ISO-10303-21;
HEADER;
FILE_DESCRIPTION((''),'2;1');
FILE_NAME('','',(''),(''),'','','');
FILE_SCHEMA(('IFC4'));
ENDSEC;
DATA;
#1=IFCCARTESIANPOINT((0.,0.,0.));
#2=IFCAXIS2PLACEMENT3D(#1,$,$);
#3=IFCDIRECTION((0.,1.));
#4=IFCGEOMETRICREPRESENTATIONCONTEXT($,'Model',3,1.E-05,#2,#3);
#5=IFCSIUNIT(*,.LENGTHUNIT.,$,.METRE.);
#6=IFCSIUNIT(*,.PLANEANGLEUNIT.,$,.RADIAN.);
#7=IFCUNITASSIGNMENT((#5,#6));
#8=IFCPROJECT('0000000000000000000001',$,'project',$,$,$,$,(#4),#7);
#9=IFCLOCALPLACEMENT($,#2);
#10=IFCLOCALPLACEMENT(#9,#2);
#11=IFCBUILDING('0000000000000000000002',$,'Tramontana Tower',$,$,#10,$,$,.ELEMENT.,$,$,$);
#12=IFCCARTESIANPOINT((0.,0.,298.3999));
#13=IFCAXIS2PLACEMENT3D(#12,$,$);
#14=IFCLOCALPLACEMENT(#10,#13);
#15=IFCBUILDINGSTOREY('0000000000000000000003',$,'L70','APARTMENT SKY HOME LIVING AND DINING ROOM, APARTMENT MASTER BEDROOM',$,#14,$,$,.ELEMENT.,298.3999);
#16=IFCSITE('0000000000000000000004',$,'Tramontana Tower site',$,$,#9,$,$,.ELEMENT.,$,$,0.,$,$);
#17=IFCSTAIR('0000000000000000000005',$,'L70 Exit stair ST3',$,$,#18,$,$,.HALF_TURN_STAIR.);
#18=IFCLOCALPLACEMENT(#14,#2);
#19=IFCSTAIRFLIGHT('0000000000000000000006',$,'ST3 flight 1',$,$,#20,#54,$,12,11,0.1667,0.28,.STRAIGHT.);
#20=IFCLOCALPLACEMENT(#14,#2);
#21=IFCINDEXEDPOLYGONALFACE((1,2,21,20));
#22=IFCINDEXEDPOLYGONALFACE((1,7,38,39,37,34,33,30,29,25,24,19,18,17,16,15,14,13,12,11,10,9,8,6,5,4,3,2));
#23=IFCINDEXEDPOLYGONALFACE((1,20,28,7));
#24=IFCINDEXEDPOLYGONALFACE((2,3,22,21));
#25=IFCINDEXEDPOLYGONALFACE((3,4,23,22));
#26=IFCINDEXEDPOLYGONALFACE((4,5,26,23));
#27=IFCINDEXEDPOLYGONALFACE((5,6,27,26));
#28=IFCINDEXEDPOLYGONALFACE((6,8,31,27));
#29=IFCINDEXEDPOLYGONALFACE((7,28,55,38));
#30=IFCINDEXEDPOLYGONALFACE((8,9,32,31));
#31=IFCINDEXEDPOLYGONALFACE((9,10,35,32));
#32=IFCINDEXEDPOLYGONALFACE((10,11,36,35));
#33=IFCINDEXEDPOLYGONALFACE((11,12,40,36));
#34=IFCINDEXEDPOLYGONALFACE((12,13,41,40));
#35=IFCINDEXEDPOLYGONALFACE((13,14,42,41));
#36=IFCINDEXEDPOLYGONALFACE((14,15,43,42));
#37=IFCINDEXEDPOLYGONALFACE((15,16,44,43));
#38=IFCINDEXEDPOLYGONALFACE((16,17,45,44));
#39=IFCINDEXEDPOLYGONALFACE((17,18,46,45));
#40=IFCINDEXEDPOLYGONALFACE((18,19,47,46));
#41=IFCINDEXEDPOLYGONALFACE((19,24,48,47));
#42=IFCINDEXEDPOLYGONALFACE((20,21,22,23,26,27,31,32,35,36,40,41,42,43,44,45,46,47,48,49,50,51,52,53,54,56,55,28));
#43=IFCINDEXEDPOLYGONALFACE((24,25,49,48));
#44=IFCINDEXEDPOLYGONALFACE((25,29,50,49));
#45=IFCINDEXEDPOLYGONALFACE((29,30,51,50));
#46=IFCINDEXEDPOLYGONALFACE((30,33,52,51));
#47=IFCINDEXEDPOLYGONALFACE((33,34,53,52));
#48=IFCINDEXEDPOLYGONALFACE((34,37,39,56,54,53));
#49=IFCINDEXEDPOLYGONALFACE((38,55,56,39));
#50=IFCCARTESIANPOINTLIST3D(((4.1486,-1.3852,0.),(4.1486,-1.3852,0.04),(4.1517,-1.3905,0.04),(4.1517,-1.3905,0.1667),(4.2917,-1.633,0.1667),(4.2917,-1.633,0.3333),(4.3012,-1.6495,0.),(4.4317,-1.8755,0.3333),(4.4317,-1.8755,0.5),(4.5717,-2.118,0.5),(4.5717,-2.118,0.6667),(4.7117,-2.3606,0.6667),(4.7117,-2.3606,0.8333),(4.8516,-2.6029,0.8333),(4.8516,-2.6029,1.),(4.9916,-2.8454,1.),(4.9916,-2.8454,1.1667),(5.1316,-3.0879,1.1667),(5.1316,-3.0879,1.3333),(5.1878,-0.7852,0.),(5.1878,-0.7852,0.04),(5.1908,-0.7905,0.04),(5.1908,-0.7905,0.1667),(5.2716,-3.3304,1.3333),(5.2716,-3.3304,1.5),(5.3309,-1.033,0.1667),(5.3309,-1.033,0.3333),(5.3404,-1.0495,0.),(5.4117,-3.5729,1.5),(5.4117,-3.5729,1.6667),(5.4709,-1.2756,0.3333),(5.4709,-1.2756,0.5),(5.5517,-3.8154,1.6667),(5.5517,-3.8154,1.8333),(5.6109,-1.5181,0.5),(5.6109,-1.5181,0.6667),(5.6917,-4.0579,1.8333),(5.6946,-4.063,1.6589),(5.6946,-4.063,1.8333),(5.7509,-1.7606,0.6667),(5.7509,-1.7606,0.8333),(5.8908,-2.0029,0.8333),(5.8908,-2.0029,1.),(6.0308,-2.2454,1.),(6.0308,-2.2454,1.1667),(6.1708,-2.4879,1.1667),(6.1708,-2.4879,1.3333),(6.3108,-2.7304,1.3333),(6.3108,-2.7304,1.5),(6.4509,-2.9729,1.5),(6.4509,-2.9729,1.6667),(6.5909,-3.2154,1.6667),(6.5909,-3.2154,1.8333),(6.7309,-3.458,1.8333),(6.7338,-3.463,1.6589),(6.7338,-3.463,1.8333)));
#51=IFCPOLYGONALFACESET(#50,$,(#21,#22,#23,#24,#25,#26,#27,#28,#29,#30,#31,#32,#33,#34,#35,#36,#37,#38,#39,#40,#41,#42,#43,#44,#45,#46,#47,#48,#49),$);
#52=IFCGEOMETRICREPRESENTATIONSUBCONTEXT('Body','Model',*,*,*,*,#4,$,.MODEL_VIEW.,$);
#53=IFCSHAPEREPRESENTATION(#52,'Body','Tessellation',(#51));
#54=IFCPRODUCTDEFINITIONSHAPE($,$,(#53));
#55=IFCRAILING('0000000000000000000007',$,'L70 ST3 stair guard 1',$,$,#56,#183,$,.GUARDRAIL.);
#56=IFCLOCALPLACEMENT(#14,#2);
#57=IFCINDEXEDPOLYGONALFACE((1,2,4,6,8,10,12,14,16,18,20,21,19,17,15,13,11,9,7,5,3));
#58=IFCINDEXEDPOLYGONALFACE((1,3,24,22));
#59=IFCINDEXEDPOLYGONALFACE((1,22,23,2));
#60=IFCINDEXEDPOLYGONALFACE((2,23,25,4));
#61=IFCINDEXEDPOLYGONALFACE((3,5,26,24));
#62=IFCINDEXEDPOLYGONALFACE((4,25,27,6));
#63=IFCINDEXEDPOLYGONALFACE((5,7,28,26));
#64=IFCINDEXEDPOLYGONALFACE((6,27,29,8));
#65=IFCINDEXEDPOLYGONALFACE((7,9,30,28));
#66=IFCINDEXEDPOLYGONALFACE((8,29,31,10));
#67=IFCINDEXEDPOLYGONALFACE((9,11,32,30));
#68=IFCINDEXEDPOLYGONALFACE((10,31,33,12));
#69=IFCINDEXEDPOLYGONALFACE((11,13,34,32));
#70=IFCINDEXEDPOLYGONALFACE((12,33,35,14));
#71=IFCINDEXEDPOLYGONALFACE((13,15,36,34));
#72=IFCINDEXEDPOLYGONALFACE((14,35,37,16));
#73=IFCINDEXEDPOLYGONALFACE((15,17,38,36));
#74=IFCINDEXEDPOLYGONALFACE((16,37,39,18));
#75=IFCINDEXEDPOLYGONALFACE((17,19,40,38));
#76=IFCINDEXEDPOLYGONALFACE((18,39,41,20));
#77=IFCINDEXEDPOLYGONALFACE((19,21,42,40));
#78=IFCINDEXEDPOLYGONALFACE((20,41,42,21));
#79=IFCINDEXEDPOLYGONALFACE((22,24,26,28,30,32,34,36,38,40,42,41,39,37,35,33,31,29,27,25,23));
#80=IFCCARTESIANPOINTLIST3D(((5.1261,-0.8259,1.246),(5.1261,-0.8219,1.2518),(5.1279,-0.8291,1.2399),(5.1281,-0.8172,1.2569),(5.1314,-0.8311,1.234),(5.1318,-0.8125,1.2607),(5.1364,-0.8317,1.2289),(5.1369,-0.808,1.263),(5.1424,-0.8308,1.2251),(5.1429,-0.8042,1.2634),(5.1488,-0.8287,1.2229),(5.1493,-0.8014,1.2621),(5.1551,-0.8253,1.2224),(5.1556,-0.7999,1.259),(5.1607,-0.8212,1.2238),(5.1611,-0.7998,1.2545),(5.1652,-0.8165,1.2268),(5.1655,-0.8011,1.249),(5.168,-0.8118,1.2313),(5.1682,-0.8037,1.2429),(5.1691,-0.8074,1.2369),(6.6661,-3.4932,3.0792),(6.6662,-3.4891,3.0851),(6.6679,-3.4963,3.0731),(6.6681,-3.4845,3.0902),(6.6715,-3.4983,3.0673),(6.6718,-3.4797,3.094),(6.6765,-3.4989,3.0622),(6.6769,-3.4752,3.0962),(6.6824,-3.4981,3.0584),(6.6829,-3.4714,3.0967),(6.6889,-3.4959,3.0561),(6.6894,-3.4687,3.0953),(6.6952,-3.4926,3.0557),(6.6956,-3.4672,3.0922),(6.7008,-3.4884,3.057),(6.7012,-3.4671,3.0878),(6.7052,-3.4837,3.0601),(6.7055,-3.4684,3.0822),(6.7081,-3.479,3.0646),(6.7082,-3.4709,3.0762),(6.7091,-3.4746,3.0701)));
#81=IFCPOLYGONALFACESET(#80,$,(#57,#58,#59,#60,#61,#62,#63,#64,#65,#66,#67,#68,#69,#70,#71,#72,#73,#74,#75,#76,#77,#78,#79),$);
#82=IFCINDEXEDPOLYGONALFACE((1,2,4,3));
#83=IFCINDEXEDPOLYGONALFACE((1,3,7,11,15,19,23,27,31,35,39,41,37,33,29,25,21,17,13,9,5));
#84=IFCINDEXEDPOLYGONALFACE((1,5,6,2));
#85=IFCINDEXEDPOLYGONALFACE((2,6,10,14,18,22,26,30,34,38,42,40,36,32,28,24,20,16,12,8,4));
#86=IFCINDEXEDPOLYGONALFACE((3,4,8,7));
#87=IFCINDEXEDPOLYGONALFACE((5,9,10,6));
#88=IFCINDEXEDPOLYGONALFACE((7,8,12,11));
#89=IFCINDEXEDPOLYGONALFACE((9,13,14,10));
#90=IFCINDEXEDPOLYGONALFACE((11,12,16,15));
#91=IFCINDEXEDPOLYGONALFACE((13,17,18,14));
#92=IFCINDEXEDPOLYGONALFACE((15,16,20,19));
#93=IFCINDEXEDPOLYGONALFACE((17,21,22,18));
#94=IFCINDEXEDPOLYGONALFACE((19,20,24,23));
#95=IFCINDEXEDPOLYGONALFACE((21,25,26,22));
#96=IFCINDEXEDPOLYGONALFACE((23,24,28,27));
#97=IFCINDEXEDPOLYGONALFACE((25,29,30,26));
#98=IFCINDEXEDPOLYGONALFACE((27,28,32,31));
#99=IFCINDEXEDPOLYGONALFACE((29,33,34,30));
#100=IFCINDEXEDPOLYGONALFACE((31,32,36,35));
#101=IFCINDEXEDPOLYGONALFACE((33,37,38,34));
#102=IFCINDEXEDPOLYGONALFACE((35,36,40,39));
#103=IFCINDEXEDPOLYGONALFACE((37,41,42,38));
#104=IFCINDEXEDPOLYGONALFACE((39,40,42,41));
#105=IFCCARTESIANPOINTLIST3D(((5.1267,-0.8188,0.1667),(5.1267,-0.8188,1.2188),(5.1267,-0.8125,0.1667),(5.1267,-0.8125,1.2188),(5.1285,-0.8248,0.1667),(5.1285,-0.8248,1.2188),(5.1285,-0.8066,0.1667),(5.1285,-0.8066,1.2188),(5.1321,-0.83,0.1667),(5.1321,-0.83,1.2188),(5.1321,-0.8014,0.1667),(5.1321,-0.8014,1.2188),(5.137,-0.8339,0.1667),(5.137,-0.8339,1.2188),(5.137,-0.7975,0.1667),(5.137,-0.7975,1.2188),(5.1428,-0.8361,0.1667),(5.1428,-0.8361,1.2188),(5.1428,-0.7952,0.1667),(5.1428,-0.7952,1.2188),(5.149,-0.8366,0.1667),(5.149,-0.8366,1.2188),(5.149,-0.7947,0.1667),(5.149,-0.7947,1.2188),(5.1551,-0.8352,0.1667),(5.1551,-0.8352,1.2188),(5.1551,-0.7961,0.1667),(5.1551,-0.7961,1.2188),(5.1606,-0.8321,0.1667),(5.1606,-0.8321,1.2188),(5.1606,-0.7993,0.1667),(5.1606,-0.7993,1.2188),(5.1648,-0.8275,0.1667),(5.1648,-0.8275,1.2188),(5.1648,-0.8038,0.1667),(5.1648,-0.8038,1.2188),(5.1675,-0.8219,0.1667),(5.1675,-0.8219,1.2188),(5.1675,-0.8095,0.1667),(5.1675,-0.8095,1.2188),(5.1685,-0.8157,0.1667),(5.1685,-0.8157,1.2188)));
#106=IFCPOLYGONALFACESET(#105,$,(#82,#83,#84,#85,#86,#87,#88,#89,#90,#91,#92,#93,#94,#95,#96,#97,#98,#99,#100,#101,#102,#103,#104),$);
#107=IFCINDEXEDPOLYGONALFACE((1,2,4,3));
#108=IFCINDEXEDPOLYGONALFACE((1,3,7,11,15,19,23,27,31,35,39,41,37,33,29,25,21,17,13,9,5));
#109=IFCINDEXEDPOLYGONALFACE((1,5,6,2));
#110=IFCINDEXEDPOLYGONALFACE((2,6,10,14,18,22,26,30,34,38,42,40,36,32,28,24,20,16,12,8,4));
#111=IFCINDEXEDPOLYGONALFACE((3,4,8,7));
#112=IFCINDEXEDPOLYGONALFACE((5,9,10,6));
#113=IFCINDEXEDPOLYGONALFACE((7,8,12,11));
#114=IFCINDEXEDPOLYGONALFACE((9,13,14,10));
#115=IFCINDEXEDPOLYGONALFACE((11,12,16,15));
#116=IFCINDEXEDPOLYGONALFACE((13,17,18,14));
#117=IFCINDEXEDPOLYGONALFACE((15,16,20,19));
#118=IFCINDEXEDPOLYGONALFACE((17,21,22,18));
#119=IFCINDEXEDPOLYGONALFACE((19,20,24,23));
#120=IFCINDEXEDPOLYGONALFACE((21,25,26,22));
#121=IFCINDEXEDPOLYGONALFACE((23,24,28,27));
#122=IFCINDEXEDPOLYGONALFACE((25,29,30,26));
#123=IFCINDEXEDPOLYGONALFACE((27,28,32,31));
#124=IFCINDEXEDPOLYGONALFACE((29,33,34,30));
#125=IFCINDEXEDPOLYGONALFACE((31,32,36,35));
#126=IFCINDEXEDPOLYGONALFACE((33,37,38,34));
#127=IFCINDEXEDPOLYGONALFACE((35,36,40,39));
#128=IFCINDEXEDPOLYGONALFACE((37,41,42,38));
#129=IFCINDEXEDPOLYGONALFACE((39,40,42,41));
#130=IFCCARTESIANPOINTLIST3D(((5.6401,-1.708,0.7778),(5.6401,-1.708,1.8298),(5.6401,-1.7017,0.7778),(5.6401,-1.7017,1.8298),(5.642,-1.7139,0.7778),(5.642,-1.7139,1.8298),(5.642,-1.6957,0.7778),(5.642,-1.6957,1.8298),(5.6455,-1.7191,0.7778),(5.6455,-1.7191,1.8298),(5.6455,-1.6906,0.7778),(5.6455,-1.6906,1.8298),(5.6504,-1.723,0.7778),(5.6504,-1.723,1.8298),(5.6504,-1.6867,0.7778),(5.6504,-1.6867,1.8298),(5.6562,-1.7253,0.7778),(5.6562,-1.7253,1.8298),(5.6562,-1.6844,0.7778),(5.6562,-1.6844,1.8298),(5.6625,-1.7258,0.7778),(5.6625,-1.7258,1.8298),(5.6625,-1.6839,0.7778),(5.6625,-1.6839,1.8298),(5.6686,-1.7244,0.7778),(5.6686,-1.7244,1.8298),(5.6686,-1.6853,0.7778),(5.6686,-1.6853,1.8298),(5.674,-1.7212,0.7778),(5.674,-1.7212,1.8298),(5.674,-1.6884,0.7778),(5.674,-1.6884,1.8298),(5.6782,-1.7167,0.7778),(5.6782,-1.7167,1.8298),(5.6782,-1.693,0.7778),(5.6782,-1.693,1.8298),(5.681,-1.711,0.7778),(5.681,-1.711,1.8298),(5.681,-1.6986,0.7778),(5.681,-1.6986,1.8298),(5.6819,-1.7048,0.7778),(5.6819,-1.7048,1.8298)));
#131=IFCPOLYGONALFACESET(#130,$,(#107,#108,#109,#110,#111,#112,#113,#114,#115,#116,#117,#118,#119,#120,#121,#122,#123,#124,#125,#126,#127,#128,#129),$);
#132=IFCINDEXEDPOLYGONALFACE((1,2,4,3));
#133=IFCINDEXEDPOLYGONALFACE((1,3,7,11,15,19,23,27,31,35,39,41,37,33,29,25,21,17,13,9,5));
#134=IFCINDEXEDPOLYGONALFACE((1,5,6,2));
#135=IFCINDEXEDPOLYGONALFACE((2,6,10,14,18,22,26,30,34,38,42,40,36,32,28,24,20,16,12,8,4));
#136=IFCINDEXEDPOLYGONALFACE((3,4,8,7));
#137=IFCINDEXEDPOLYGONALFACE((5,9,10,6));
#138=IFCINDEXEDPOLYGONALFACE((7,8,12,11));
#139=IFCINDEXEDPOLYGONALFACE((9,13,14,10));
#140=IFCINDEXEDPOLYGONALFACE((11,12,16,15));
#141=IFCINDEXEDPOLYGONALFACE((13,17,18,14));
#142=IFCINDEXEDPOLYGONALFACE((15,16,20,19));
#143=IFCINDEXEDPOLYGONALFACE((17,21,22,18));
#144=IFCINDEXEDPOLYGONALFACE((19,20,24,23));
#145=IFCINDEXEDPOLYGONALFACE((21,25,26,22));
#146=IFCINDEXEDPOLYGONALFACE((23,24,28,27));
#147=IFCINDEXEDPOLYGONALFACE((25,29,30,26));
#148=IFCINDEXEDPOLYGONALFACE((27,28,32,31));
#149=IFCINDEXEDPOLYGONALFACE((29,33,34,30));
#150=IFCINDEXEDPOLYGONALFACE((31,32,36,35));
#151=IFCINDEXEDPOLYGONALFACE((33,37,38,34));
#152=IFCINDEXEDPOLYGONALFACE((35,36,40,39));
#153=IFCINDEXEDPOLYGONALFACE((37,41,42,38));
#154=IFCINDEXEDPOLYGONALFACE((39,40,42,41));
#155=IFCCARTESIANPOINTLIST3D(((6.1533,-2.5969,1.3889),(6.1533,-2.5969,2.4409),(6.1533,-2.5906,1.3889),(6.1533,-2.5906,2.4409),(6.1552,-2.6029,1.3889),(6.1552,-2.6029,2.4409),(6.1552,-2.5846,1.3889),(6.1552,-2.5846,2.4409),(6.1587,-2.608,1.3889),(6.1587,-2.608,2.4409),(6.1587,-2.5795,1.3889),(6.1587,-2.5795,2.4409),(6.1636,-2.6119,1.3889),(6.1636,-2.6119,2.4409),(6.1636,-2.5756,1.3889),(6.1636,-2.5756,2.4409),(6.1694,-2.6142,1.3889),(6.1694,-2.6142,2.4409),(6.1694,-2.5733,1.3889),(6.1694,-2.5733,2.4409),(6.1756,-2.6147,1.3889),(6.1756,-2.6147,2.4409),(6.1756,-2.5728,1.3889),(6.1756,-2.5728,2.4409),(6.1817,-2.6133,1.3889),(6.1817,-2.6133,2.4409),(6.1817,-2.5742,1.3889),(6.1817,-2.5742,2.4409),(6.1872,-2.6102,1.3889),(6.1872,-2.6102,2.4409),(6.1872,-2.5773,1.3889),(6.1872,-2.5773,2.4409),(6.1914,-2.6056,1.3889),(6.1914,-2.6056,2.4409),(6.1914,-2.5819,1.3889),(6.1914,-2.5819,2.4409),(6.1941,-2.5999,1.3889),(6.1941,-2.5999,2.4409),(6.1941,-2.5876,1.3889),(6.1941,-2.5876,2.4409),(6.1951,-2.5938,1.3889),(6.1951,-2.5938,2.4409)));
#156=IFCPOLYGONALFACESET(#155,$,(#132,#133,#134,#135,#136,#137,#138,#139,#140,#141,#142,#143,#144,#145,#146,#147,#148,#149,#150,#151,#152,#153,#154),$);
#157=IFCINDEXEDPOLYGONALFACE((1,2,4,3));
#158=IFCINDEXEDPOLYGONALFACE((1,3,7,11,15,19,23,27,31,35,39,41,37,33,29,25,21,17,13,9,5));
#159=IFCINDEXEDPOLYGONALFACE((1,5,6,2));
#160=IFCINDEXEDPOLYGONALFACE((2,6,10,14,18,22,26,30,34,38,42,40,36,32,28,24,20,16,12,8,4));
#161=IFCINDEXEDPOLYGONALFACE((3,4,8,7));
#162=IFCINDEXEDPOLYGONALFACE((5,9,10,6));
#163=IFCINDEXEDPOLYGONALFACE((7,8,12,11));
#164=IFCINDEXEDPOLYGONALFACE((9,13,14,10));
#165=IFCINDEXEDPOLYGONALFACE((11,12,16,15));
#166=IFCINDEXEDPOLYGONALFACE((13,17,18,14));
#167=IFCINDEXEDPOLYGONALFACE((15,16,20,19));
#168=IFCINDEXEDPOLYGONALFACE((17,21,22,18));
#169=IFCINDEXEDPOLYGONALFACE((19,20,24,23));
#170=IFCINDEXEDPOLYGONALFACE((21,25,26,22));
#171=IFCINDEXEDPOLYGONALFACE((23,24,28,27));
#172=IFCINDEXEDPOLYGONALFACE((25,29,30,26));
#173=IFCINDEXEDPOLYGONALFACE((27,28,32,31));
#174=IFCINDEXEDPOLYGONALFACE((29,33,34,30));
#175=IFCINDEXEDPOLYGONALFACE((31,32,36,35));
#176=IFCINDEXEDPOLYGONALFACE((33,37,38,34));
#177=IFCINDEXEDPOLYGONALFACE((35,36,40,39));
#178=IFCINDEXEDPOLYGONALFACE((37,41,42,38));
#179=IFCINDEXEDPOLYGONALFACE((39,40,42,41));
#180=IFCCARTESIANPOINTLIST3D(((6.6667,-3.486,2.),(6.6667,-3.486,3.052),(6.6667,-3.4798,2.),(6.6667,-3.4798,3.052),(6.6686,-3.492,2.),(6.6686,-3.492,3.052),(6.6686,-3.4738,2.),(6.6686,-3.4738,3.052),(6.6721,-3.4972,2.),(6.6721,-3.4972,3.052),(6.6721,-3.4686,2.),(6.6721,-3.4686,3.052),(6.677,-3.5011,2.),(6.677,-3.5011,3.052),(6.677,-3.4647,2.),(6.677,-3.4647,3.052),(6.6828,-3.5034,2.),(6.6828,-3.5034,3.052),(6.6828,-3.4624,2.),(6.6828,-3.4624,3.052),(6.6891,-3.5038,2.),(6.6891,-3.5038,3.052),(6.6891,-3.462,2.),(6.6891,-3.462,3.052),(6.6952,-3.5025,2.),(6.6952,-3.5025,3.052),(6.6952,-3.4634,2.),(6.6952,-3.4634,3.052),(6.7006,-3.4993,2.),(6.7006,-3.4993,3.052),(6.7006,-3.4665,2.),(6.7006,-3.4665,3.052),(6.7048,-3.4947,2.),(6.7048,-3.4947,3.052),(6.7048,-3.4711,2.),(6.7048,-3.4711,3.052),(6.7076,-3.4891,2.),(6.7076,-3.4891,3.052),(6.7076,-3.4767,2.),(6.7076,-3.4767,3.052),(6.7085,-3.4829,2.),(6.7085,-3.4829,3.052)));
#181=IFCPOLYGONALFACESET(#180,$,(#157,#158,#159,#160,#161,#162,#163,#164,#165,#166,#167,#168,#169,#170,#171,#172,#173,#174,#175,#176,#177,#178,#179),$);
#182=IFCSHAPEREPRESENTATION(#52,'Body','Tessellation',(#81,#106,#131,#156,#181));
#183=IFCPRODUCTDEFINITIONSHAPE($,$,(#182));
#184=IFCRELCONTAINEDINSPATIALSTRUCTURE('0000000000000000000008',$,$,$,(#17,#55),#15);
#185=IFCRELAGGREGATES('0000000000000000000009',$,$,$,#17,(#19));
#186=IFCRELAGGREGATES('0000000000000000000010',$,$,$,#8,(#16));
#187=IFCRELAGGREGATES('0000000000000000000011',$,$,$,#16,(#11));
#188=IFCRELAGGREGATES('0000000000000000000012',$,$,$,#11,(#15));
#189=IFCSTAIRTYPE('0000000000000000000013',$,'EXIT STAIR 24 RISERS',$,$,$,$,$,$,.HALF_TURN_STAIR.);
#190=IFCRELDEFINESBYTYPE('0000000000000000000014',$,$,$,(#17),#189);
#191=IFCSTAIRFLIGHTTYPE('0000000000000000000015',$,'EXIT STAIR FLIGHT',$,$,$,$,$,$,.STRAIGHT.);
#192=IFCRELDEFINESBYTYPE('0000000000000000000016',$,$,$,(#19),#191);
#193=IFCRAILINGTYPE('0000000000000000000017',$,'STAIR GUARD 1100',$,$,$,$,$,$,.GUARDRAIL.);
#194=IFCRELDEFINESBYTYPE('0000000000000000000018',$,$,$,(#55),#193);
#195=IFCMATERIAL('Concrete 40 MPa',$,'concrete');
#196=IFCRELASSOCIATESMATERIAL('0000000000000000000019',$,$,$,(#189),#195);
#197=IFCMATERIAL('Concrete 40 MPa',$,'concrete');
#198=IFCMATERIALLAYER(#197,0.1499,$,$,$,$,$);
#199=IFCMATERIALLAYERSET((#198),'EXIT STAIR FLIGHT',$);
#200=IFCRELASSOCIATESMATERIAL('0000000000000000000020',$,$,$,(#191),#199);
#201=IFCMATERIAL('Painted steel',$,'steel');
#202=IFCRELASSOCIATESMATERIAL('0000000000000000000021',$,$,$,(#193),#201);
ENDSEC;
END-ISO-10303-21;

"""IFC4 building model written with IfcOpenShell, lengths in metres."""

from ifc_helpers import new_model, si_unit, direction, frame, origin, origin_2d, place, context, subcontext, project, spatial, polyline, circle, outline, extrude, material, layer, layer_set, type_object, element, aggregate, save


model = new_model("IFC4")

# Units and contexts
model_context = context("Model", 3, precision=1e-05, world=origin(), true_north=direction((0.0, 1.0)))
body_context = subcontext(model_context, "Body", "Model", "MODEL_VIEW")
ifc_project = project(units=[si_unit("LENGTHUNIT", "METRE"), si_unit("PLANEANGLEUNIT", "RADIAN")], contexts=[model_context])

# Site, building, storey
site_placement = place(None, origin())
site = spatial("IfcSite", under=ifc_project, at=site_placement, Name="Tramontana Tower site", CompositionType="ELEMENT", RefElevation=0.0)
building_placement = place(site_placement, origin())
building = spatial("IfcBuilding", under=site, at=building_placement, Name="Tramontana Tower", CompositionType="ELEMENT")
storey_placement = place(building_placement, frame((0.0, 0.0, 298.3999)))
storey = spatial("IfcBuildingStorey", under=building, at=storey_placement, Name="L70", Description="APARTMENT SKY HOME LIVING AND DINING ROOM, APARTMENT MASTER BEDROOM", CompositionType="ELEMENT", Elevation=298.3999)

# Stair
ifc_material_1 = material(Name="Concrete 40 MPa", Category="concrete")
stair_type = type_object("IfcStairType", Name="EXIT STAIR 24 RISERS", PredefinedType="HALF_TURN_STAIR", material=ifc_material_1)
stair_1_placement = place(storey_placement, origin())
stair_1 = element("IfcStair", 1, at=stair_1_placement, inside=storey, type_object=stair_type, Name="L70 Exit stair ST3", PredefinedType="HALF_TURN_STAIR")

# Stair flight
ifc_material_2 = material(Name="Concrete 40 MPa", Category="concrete")
ifc_layer_1 = layer(ifc_material_2, 0.1499)
ifc_layer_set_1 = layer_set([ifc_layer_1], Name="EXIT STAIR FLIGHT")
stair_flight_type = type_object("IfcStairFlightType", Name="EXIT STAIR FLIGHT", PredefinedType="STRAIGHT", material=ifc_layer_set_1)
stair_flight_placement = place(storey_placement, frame((4.6711, -1.0906, 0.0), z_axis=(0.0, 0.0, 1.0), x_axis=(0.5, -0.866025, 0.0)))
stair_flight = element("IfcStairFlight", 2, at=stair_flight_placement, type_object=stair_flight_type, Name="ST3 flight 1", NumberOfRisers=12, NumberOfTreads=11, PredefinedType="STRAIGHT", RiserHeight=0.1667, TreadLength=0.28, context=body_context, shape_type="SweptSolid", body=[
    extrude(outline(polyline([(-0.0061, 0.0), (-0.0061, 0.04), (0.0, 0.04), (0.0, 0.1667), (0.28, 0.1667), (0.28, 0.3333), (0.5601, 0.3333), (0.5601, 0.5), (0.8401, 0.5), (0.8401, 0.6667), (1.1201, 0.6667), (1.1201, 0.8333), (1.3999, 0.8333), (1.3999, 1.0), (1.6799, 1.0), (1.6799, 1.1667), (1.96, 1.1667), (1.96, 1.3333), (2.24, 1.3333), (2.24, 1.5), (2.52, 1.5), (2.52, 1.6667), (2.8, 1.6667), (2.8, 1.8333), (3.0801, 1.8333), (3.0859, 1.8333), (3.0859, 1.6589), (0.2991, 0.0), (-0.0061, 0.0)])), frame((0.0, 0.6001, 0.0), z_axis=(0.0, -1.0, 0.0), x_axis=(1.0, 0.0, 0.0)), (0.0, 0.0, 1.0), 1.2),
])
aggregate(stair_1, [stair_flight])

# Railing
ifc_material_3 = material(Name="Painted steel", Category="steel")
railing_type_1 = type_object("IfcRailingType", Name="STAIR GUARD 1100", PredefinedType="GUARDRAIL", material=ifc_material_3)
railing_1_placement = place(storey_placement, frame((5.1475, -0.8157, 0.1667)))
element("IfcRailing", 3, at=railing_1_placement, inside=storey, type_object=railing_type_1, Name="L70 ST3 stair guard 1", PredefinedType="GUARDRAIL", context=body_context, shape_type="SweptSolid", body=[
    extrude(circle(Radius=0.0239, at=origin_2d()), frame((0.0, 0.0, 1.0762), z_axis=(0.429671, -0.744159, 0.511478), x_axis=(0.86601, 0.500027, 0.0)), (0.0, 0.0, 1.0), 3.5842),
    extrude(circle(Radius=0.021, at=origin_2d()), origin(), (0.0, 0.0, 1.0), 1.052),
    extrude(circle(Radius=0.021, at=origin_2d()), frame((0.5134, -0.8892, 0.6111)), (0.0, 0.0, 1.0), 1.052),
    extrude(circle(Radius=0.021, at=origin_2d()), frame((1.0266, -1.7781, 1.2222)), (0.0, 0.0, 1.0), 1.052),
    extrude(circle(Radius=0.021, at=origin_2d()), frame((1.54, -2.6672, 1.8333)), (0.0, 0.0, 1.0), 1.052),
])

save(model, "model.ifc")
